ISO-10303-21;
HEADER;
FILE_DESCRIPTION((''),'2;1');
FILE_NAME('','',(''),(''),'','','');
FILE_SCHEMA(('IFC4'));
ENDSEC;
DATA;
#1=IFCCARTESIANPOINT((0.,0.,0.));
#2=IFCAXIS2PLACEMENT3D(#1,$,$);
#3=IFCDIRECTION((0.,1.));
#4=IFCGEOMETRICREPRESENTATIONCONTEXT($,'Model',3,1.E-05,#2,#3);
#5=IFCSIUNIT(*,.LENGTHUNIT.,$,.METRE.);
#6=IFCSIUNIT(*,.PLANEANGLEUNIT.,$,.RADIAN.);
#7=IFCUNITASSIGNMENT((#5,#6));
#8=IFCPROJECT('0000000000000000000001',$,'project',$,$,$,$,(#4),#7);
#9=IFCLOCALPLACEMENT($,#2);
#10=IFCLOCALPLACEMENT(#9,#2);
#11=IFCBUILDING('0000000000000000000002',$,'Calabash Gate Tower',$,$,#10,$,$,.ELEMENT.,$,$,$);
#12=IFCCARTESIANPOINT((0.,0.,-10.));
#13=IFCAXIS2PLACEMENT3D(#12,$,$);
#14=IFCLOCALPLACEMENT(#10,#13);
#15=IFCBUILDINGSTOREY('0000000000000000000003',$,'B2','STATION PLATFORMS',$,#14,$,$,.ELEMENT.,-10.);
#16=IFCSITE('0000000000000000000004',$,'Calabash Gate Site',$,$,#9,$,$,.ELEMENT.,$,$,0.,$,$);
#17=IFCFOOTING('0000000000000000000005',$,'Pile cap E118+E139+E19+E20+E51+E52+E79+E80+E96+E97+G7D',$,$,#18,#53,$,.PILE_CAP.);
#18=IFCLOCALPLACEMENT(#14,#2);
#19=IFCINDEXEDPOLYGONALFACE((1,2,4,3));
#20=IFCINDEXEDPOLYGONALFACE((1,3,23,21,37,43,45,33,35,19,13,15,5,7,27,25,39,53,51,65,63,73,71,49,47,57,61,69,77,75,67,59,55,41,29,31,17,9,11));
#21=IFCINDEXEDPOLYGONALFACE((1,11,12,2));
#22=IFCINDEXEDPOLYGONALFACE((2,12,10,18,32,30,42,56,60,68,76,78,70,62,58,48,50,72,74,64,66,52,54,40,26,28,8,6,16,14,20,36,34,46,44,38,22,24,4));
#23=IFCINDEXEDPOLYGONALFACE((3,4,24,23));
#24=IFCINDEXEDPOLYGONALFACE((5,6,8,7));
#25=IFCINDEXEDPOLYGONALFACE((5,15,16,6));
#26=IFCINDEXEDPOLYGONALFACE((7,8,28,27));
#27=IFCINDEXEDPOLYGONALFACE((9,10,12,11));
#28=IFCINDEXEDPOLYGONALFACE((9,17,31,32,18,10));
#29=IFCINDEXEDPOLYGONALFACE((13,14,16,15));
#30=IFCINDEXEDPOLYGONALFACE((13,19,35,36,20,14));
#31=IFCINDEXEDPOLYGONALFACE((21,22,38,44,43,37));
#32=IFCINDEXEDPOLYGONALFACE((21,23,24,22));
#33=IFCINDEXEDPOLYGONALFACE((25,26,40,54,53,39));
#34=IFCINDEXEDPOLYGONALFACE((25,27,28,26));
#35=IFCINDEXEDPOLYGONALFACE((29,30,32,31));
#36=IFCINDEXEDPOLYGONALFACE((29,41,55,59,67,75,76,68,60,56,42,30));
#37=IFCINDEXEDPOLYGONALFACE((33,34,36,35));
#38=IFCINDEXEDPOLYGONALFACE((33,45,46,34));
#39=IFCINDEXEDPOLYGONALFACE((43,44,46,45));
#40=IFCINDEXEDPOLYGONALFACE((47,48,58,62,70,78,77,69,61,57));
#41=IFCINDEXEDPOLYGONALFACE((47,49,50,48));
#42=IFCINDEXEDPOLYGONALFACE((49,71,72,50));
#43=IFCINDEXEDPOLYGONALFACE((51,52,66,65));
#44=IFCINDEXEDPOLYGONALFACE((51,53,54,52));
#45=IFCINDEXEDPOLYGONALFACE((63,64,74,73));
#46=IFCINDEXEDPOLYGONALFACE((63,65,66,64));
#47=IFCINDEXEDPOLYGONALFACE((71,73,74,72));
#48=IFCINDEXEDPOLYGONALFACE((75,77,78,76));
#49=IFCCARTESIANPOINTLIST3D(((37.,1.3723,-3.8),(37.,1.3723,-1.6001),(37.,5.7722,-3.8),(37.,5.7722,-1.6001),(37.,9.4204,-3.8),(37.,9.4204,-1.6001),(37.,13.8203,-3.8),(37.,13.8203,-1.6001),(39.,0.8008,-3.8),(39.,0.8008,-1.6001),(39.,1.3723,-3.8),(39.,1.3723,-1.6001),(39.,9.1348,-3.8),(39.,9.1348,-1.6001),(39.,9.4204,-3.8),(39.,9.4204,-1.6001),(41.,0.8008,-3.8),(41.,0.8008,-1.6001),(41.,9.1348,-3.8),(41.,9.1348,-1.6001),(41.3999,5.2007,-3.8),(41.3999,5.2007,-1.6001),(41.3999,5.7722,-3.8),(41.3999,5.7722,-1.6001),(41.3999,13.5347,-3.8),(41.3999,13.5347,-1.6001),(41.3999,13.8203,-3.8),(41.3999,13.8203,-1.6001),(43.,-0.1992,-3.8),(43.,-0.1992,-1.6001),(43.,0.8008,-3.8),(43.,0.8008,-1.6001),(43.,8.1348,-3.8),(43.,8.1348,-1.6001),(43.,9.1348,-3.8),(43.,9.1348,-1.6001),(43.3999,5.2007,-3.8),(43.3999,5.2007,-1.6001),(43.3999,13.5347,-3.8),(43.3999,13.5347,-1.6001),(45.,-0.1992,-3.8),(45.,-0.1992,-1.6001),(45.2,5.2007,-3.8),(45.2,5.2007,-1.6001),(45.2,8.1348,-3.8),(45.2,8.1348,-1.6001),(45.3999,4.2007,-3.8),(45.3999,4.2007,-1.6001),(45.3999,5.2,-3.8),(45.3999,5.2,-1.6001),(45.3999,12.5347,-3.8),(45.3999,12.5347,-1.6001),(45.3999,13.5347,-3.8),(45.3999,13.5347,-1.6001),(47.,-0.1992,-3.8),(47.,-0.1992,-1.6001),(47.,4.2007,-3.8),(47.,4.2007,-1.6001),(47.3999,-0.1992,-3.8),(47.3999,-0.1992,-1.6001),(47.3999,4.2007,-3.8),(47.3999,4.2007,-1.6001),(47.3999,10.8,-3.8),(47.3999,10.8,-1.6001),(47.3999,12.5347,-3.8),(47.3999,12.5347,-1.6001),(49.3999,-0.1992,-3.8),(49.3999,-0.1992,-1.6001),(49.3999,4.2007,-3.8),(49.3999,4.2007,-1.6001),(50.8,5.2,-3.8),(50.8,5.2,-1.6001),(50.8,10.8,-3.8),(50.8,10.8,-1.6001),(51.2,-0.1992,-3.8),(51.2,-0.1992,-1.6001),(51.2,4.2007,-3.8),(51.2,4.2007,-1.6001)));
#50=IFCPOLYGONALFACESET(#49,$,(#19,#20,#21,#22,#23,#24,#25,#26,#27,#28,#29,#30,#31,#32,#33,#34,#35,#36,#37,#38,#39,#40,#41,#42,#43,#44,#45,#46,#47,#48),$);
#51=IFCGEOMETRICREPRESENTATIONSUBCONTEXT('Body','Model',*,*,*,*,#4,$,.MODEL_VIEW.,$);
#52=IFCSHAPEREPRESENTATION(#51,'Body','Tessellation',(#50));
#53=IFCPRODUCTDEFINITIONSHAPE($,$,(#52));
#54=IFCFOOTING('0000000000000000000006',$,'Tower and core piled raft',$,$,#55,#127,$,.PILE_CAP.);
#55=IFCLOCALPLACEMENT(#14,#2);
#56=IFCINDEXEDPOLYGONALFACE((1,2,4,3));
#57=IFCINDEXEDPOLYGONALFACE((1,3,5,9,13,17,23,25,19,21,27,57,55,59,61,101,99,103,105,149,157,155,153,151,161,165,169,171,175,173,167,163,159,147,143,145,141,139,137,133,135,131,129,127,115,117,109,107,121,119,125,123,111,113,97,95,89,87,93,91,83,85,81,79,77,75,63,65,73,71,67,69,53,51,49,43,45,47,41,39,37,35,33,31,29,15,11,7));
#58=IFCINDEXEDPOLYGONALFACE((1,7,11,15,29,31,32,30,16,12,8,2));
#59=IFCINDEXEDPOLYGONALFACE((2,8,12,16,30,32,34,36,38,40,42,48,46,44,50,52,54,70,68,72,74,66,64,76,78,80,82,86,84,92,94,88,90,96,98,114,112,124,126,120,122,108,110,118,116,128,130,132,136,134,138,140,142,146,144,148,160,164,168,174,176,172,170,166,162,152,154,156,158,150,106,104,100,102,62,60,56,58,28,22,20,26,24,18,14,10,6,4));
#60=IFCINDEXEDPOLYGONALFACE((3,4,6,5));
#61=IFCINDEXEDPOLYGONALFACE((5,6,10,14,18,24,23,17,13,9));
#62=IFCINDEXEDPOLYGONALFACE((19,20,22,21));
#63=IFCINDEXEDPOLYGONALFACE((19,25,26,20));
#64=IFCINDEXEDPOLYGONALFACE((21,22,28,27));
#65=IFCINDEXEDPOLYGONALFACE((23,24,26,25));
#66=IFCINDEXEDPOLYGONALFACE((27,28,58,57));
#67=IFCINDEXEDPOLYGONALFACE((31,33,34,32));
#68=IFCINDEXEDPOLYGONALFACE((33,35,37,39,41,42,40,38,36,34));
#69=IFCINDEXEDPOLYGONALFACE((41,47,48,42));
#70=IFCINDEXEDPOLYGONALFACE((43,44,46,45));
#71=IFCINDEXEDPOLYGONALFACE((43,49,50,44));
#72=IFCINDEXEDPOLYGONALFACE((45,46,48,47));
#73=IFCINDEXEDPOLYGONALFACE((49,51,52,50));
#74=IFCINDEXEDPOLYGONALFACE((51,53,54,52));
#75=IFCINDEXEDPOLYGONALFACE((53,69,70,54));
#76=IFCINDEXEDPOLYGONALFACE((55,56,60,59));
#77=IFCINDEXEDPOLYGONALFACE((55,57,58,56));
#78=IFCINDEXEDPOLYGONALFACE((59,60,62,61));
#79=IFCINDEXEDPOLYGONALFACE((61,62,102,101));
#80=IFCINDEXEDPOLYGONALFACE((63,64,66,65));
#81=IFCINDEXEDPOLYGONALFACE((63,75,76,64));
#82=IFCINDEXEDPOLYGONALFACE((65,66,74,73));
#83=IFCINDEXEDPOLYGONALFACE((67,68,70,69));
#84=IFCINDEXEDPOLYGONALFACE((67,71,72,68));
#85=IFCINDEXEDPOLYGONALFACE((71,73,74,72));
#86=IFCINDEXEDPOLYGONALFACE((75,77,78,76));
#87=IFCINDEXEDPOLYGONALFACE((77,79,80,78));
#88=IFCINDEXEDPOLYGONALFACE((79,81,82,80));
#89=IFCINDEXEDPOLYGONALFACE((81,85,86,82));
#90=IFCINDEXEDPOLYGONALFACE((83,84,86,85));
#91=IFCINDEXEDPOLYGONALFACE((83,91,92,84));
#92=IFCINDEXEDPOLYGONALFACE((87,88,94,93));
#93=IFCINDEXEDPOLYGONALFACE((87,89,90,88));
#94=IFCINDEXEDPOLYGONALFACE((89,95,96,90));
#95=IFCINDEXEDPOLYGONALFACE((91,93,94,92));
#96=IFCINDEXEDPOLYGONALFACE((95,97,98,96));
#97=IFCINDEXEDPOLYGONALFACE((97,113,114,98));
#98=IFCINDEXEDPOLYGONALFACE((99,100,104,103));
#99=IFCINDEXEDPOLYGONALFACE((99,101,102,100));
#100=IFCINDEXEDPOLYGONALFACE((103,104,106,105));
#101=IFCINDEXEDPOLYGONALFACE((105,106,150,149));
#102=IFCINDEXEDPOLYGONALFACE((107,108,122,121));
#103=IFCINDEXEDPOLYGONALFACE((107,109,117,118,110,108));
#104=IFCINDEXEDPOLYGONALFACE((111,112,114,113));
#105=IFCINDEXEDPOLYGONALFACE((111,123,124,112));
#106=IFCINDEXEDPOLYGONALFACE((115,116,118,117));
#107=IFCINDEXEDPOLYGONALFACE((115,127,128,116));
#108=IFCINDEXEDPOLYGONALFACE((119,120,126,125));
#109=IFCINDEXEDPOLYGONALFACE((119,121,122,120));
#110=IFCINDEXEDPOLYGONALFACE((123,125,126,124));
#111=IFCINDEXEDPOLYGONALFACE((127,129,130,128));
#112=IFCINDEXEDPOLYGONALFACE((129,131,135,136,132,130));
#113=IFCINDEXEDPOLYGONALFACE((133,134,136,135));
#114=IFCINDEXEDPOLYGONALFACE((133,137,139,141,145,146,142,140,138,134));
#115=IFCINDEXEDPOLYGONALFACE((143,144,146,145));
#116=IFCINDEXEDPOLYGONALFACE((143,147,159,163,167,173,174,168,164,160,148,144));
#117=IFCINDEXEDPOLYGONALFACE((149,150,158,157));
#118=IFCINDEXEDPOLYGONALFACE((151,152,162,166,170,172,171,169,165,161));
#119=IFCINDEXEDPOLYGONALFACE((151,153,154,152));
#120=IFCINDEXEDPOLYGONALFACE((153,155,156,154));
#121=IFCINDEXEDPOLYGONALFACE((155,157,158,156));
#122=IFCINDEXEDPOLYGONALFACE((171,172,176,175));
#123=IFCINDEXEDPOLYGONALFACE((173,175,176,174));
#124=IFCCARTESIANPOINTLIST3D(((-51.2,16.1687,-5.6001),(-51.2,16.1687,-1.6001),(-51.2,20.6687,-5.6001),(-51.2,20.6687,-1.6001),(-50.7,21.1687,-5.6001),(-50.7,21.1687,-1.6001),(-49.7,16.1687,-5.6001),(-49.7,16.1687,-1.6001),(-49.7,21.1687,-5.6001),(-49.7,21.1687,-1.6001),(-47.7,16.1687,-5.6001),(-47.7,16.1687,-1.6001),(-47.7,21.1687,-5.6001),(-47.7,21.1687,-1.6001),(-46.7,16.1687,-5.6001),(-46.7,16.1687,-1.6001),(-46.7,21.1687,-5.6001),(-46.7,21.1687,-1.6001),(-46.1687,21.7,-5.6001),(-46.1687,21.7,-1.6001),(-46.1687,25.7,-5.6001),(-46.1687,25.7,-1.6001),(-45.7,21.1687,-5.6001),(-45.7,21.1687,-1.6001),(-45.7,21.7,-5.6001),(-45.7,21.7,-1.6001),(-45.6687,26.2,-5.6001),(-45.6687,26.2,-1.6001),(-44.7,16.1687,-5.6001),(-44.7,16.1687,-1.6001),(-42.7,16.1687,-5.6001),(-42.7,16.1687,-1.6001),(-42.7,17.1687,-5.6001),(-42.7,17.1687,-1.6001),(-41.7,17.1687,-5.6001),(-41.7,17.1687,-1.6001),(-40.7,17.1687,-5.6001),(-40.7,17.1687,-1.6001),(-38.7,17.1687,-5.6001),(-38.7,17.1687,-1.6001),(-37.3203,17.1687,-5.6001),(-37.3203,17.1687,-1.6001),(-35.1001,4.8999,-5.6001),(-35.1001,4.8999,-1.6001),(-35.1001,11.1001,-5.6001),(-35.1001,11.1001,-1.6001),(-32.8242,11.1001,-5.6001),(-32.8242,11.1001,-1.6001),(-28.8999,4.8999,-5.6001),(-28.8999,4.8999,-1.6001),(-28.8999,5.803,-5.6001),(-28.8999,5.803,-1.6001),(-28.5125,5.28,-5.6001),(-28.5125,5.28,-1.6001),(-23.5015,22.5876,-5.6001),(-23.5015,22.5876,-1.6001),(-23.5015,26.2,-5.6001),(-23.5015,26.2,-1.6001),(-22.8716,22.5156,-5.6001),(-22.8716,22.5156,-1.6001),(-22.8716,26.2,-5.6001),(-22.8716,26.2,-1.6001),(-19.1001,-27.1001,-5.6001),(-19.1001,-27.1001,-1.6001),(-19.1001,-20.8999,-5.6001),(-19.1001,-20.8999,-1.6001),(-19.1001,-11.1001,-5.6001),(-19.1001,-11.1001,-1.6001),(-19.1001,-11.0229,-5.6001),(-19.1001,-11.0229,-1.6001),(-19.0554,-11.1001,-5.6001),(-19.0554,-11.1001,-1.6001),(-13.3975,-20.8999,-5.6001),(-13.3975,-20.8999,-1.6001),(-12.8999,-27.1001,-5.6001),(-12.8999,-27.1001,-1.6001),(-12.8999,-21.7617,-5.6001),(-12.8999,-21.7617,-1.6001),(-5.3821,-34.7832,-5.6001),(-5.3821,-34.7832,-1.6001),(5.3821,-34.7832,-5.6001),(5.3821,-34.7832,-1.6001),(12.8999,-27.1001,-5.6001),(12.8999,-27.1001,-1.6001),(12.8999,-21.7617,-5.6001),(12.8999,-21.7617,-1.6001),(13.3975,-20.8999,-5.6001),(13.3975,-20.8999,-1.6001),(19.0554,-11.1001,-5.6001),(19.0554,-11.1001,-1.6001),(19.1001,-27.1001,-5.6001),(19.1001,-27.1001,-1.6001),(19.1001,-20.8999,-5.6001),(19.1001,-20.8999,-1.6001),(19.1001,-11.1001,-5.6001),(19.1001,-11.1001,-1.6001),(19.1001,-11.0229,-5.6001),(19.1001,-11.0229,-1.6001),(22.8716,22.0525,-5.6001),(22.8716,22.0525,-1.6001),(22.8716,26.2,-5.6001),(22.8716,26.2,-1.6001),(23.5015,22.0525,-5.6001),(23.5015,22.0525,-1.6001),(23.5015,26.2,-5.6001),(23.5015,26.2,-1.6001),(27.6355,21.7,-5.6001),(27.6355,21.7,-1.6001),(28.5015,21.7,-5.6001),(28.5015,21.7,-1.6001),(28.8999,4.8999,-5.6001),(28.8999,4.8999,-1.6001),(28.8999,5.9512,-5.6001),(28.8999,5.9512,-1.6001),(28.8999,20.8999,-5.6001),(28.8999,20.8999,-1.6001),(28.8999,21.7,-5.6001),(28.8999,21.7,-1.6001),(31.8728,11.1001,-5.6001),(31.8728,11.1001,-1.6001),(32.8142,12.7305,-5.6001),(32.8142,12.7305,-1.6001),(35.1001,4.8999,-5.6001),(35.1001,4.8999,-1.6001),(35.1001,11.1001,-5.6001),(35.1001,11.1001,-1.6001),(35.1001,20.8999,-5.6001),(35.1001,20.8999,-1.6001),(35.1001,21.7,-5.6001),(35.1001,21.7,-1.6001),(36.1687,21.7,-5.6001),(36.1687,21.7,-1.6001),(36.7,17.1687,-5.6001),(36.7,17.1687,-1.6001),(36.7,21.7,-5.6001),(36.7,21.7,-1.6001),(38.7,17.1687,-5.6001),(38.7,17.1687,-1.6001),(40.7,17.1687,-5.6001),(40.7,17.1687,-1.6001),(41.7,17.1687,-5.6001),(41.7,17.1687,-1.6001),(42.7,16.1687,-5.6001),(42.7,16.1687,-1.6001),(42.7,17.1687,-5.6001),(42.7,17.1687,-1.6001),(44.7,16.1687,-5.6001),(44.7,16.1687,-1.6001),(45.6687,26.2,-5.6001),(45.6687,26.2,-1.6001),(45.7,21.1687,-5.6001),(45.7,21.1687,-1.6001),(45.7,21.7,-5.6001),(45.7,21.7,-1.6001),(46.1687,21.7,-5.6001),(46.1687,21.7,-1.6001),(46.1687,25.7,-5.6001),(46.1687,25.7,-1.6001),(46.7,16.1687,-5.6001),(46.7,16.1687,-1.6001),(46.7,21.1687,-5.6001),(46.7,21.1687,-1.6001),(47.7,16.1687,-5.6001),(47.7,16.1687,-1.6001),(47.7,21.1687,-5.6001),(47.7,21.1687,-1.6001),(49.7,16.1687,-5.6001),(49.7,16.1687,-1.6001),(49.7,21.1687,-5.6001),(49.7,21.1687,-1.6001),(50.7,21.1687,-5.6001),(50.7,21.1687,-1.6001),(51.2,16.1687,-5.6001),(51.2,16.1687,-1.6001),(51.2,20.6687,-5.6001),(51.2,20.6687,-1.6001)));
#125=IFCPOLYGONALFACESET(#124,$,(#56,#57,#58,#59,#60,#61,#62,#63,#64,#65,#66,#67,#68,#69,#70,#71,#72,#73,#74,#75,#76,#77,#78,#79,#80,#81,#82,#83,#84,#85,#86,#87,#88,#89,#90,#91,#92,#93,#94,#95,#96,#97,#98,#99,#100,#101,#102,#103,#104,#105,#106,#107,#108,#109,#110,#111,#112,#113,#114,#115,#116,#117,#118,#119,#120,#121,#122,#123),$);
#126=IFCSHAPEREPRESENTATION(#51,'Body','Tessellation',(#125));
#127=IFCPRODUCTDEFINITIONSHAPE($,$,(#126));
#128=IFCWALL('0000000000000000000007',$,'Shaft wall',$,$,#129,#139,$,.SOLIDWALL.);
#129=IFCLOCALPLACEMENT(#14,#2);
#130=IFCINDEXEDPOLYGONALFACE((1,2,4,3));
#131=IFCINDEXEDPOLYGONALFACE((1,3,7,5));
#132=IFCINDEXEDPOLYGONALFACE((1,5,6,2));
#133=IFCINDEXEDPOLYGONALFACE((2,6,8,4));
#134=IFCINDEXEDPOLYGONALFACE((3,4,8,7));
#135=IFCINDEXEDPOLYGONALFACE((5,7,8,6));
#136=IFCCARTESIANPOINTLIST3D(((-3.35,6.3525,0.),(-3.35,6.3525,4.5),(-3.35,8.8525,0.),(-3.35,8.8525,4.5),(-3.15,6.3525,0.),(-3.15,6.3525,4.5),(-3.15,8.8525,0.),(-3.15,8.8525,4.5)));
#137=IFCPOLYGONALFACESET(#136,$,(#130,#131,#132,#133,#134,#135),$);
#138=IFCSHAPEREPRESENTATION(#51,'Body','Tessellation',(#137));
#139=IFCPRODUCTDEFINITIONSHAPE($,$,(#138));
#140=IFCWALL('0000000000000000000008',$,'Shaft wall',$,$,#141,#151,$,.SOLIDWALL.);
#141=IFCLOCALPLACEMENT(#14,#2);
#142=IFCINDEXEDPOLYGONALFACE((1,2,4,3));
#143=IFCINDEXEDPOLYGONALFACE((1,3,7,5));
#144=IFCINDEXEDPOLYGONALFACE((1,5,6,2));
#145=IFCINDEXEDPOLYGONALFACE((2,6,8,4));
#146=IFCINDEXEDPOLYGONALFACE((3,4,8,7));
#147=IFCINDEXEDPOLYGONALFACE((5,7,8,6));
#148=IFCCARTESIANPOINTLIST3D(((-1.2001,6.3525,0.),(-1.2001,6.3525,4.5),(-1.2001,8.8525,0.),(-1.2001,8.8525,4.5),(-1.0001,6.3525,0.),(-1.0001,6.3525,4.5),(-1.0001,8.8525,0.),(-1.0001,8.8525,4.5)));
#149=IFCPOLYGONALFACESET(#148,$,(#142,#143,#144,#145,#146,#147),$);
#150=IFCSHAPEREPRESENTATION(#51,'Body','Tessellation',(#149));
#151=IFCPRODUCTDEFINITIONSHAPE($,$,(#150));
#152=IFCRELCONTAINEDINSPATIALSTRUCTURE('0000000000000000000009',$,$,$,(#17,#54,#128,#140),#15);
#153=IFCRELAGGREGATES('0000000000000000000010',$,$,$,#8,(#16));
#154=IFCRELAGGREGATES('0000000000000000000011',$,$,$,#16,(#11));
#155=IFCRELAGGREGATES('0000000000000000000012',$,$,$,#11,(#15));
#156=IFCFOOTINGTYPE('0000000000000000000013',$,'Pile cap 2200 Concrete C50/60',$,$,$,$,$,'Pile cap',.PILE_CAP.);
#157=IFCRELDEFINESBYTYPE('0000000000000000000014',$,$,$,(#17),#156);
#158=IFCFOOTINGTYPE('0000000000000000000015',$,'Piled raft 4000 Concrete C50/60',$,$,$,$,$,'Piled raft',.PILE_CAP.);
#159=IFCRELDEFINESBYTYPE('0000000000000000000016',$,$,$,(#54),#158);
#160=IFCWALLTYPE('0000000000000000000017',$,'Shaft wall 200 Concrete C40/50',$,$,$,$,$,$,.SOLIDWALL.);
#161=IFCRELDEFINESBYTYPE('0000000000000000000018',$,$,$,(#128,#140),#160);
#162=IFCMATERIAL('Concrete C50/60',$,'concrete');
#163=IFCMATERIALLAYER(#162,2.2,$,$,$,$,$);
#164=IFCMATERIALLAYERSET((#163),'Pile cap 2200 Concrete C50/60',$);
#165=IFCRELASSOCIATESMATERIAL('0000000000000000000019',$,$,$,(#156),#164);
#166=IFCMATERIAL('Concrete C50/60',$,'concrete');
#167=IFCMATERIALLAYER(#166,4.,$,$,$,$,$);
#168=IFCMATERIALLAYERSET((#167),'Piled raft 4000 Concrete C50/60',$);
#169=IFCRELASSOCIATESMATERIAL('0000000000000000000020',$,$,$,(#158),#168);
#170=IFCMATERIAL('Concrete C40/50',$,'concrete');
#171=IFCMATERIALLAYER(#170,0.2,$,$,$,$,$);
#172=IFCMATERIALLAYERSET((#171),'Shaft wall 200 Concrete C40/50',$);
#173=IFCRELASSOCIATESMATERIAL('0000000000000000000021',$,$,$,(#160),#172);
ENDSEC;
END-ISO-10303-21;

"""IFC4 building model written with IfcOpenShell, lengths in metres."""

from ifc_helpers import new_model, si_unit, direction, frame, frame_2d, origin, place, context, subcontext, project, spatial, polyline, rectangle, outline, extrude, material, layer, layer_set, type_object, element, save


model = new_model("IFC4")

# Units and contexts
model_context = context("Model", 3, precision=1e-05, world=origin(), true_north=direction((0.0, 1.0)))
body_context = subcontext(model_context, "Body", "Model", "MODEL_VIEW")
ifc_project = project(units=[si_unit("LENGTHUNIT", "METRE"), si_unit("PLANEANGLEUNIT", "RADIAN")], contexts=[model_context])

# Site, building, storey
site_placement = place(None, origin())
site = spatial("IfcSite", under=ifc_project, at=site_placement, Name="Calabash Gate Site", CompositionType="ELEMENT", RefElevation=0.0)
building_placement = place(site_placement, origin())
building = spatial("IfcBuilding", under=site, at=building_placement, Name="Calabash Gate Tower", CompositionType="ELEMENT")
storey_placement = place(building_placement, frame((0.0, 0.0, -10.0)))
storey = spatial("IfcBuildingStorey", under=building, at=storey_placement, Name="B2", Description="STATION PLATFORMS", CompositionType="ELEMENT", Elevation=-10.0)

# Footings
ifc_material_1 = material(Name="Concrete C50/60", Category="concrete")
ifc_layer_1 = layer(ifc_material_1, 2.2)
ifc_layer_set_1 = layer_set([ifc_layer_1], Name="Pile cap 2200 Concrete C50/60")
footing_type_1 = type_object("IfcFootingType", Name="Pile cap 2200 Concrete C50/60", ElementType="Pile cap", PredefinedType="PILE_CAP", material=ifc_layer_set_1)
footing_1_placement = place(storey_placement, frame((0.0, 0.0, -3.8)))
element("IfcFooting", 1, at=footing_1_placement, inside=storey, type_object=footing_type_1, Name="Pile cap E118+E139+E19+E20+E51+E52+E79+E80+E96+E97+G7D", PredefinedType="PILE_CAP", context=body_context, shape_type="SweptSolid", body=[
    extrude(outline(polyline([(41.3999, 5.2007), (43.3999, 5.2007), (45.2, 5.2007), (45.2, 8.1348), (43.0, 8.1348), (43.0, 9.1348), (41.0, 9.1348), (39.0, 9.1348), (39.0, 9.4204), (37.0, 9.4204), (37.0, 13.8203), (41.3999, 13.8203), (41.3999, 13.5347), (43.3999, 13.5347), (45.3999, 13.5347), (45.3999, 12.5347), (47.3999, 12.5347), (47.3999, 10.8), (50.8, 10.8), (50.8, 5.2), (45.3999, 5.2), (45.3999, 4.2007), (47.0, 4.2007), (47.3999, 4.2007), (49.3999, 4.2007), (51.2, 4.2007), (51.2, -0.1992), (49.3999, -0.1992), (47.3999, -0.1992), (47.0, -0.1992), (45.0, -0.1992), (43.0, -0.1992), (43.0, 0.8008), (41.0, 0.8008), (39.0, 0.8008), (39.0, 1.3723), (37.0, 1.3723), (37.0, 5.7722), (41.3999, 5.7722), (41.3999, 5.2007)])), origin(), (0.0, 0.0, 1.0), 2.2),
])
ifc_material_2 = material(Name="Concrete C50/60", Category="concrete")
ifc_layer_2 = layer(ifc_material_2, 4.0)
ifc_layer_set_2 = layer_set([ifc_layer_2], Name="Piled raft 4000 Concrete C50/60")
footing_type_2 = type_object("IfcFootingType", Name="Piled raft 4000 Concrete C50/60", ElementType="Piled raft", PredefinedType="PILE_CAP", material=ifc_layer_set_2)
footing_2_placement = place(storey_placement, frame((0.0, 0.0, -5.6001)))
element("IfcFooting", 2, at=footing_2_placement, inside=storey, type_object=footing_type_2, Name="Tower and core piled raft", PredefinedType="PILE_CAP", context=body_context, shape_type="SweptSolid", body=[
    extrude(outline(polyline([(-46.7, 21.1687), (-45.7, 21.1687), (-45.7, 21.7), (-46.1687, 21.7), (-46.1687, 25.7), (-45.6687, 26.2), (-23.5015, 26.2), (-23.5015, 22.5876), (-22.8716, 22.5156), (-22.8716, 26.2), (22.8716, 26.2), (22.8716, 22.0525), (23.5015, 22.0525), (23.5015, 26.2), (45.6687, 26.2), (46.1687, 25.7), (46.1687, 21.7), (45.7, 21.7), (45.7, 21.1687), (46.7, 21.1687), (47.7, 21.1687), (49.7, 21.1687), (50.7, 21.1687), (51.2, 20.6687), (51.2, 16.1687), (49.7, 16.1687), (47.7, 16.1687), (46.7, 16.1687), (44.7, 16.1687), (42.7, 16.1687), (42.7, 17.1687), (41.7, 17.1687), (40.7, 17.1687), (38.7, 17.1687), (36.7, 17.1687), (36.7, 21.7), (36.1687, 21.7), (35.1001, 21.7), (35.1001, 20.8999), (28.8999, 20.8999), (28.8999, 21.7), (28.5015, 21.7), (27.6355, 21.7), (32.8142, 12.7305), (31.8728, 11.1001), (35.1001, 11.1001), (35.1001, 4.8999), (28.8999, 4.8999), (28.8999, 5.9512), (19.1001, -11.0229), (19.1001, -11.1001), (19.0554, -11.1001), (13.3975, -20.8999), (19.1001, -20.8999), (19.1001, -27.1001), (12.8999, -27.1001), (12.8999, -21.7617), (5.3821, -34.7832), (-5.3821, -34.7832), (-12.8999, -21.7617), (-12.8999, -27.1001), (-19.1001, -27.1001), (-19.1001, -20.8999), (-13.3975, -20.8999), (-19.0554, -11.1001), (-19.1001, -11.1001), (-19.1001, -11.0229), (-28.5125, 5.28), (-28.8999, 5.803), (-28.8999, 4.8999), (-35.1001, 4.8999), (-35.1001, 11.1001), (-32.8242, 11.1001), (-37.3203, 17.1687), (-38.7, 17.1687), (-40.7, 17.1687), (-41.7, 17.1687), (-42.7, 17.1687), (-42.7, 16.1687), (-44.7, 16.1687), (-46.7, 16.1687), (-47.7, 16.1687), (-49.7, 16.1687), (-51.2, 16.1687), (-51.2, 20.6687), (-50.7, 21.1687), (-49.7, 21.1687), (-47.7, 21.1687), (-46.7, 21.1687)])), origin(), (0.0, 0.0, 1.0), 4.0),
])

# Walls
ifc_material_3 = material(Name="Concrete C40/50", Category="concrete")
ifc_layer_3 = layer(ifc_material_3, 0.2)
ifc_layer_set_3 = layer_set([ifc_layer_3], Name="Shaft wall 200 Concrete C40/50")
wall_type = type_object("IfcWallType", Name="Shaft wall 200 Concrete C40/50", PredefinedType="SOLIDWALL", material=ifc_layer_set_3)
for number, where, z_axis, x_axis, name in (
    (3, (-3.25, 6.3525, 0.0), (0.0, 0.0, 1.0), (0.0, 1.0, 0.0), "Shaft wall"),
    (4, (-1.1001, 6.3525, 0.0), (0.0, 0.0, 1.0), (0.0, 1.0, 0.0), "Shaft wall"),
):
    element("IfcWall", number, at=place(storey_placement, frame(where, z_axis=z_axis, x_axis=x_axis)), inside=storey, type_object=wall_type, Name=name, PredefinedType="SOLIDWALL", context=body_context, shape_type="SweptSolid", body=[
        extrude(rectangle(XDim=2.5, YDim=0.2, at=frame_2d((1.25, 0.0))), origin(), (0.0, 0.0, 1.0), 4.5),
    ])

save(model, "model.ifc")
